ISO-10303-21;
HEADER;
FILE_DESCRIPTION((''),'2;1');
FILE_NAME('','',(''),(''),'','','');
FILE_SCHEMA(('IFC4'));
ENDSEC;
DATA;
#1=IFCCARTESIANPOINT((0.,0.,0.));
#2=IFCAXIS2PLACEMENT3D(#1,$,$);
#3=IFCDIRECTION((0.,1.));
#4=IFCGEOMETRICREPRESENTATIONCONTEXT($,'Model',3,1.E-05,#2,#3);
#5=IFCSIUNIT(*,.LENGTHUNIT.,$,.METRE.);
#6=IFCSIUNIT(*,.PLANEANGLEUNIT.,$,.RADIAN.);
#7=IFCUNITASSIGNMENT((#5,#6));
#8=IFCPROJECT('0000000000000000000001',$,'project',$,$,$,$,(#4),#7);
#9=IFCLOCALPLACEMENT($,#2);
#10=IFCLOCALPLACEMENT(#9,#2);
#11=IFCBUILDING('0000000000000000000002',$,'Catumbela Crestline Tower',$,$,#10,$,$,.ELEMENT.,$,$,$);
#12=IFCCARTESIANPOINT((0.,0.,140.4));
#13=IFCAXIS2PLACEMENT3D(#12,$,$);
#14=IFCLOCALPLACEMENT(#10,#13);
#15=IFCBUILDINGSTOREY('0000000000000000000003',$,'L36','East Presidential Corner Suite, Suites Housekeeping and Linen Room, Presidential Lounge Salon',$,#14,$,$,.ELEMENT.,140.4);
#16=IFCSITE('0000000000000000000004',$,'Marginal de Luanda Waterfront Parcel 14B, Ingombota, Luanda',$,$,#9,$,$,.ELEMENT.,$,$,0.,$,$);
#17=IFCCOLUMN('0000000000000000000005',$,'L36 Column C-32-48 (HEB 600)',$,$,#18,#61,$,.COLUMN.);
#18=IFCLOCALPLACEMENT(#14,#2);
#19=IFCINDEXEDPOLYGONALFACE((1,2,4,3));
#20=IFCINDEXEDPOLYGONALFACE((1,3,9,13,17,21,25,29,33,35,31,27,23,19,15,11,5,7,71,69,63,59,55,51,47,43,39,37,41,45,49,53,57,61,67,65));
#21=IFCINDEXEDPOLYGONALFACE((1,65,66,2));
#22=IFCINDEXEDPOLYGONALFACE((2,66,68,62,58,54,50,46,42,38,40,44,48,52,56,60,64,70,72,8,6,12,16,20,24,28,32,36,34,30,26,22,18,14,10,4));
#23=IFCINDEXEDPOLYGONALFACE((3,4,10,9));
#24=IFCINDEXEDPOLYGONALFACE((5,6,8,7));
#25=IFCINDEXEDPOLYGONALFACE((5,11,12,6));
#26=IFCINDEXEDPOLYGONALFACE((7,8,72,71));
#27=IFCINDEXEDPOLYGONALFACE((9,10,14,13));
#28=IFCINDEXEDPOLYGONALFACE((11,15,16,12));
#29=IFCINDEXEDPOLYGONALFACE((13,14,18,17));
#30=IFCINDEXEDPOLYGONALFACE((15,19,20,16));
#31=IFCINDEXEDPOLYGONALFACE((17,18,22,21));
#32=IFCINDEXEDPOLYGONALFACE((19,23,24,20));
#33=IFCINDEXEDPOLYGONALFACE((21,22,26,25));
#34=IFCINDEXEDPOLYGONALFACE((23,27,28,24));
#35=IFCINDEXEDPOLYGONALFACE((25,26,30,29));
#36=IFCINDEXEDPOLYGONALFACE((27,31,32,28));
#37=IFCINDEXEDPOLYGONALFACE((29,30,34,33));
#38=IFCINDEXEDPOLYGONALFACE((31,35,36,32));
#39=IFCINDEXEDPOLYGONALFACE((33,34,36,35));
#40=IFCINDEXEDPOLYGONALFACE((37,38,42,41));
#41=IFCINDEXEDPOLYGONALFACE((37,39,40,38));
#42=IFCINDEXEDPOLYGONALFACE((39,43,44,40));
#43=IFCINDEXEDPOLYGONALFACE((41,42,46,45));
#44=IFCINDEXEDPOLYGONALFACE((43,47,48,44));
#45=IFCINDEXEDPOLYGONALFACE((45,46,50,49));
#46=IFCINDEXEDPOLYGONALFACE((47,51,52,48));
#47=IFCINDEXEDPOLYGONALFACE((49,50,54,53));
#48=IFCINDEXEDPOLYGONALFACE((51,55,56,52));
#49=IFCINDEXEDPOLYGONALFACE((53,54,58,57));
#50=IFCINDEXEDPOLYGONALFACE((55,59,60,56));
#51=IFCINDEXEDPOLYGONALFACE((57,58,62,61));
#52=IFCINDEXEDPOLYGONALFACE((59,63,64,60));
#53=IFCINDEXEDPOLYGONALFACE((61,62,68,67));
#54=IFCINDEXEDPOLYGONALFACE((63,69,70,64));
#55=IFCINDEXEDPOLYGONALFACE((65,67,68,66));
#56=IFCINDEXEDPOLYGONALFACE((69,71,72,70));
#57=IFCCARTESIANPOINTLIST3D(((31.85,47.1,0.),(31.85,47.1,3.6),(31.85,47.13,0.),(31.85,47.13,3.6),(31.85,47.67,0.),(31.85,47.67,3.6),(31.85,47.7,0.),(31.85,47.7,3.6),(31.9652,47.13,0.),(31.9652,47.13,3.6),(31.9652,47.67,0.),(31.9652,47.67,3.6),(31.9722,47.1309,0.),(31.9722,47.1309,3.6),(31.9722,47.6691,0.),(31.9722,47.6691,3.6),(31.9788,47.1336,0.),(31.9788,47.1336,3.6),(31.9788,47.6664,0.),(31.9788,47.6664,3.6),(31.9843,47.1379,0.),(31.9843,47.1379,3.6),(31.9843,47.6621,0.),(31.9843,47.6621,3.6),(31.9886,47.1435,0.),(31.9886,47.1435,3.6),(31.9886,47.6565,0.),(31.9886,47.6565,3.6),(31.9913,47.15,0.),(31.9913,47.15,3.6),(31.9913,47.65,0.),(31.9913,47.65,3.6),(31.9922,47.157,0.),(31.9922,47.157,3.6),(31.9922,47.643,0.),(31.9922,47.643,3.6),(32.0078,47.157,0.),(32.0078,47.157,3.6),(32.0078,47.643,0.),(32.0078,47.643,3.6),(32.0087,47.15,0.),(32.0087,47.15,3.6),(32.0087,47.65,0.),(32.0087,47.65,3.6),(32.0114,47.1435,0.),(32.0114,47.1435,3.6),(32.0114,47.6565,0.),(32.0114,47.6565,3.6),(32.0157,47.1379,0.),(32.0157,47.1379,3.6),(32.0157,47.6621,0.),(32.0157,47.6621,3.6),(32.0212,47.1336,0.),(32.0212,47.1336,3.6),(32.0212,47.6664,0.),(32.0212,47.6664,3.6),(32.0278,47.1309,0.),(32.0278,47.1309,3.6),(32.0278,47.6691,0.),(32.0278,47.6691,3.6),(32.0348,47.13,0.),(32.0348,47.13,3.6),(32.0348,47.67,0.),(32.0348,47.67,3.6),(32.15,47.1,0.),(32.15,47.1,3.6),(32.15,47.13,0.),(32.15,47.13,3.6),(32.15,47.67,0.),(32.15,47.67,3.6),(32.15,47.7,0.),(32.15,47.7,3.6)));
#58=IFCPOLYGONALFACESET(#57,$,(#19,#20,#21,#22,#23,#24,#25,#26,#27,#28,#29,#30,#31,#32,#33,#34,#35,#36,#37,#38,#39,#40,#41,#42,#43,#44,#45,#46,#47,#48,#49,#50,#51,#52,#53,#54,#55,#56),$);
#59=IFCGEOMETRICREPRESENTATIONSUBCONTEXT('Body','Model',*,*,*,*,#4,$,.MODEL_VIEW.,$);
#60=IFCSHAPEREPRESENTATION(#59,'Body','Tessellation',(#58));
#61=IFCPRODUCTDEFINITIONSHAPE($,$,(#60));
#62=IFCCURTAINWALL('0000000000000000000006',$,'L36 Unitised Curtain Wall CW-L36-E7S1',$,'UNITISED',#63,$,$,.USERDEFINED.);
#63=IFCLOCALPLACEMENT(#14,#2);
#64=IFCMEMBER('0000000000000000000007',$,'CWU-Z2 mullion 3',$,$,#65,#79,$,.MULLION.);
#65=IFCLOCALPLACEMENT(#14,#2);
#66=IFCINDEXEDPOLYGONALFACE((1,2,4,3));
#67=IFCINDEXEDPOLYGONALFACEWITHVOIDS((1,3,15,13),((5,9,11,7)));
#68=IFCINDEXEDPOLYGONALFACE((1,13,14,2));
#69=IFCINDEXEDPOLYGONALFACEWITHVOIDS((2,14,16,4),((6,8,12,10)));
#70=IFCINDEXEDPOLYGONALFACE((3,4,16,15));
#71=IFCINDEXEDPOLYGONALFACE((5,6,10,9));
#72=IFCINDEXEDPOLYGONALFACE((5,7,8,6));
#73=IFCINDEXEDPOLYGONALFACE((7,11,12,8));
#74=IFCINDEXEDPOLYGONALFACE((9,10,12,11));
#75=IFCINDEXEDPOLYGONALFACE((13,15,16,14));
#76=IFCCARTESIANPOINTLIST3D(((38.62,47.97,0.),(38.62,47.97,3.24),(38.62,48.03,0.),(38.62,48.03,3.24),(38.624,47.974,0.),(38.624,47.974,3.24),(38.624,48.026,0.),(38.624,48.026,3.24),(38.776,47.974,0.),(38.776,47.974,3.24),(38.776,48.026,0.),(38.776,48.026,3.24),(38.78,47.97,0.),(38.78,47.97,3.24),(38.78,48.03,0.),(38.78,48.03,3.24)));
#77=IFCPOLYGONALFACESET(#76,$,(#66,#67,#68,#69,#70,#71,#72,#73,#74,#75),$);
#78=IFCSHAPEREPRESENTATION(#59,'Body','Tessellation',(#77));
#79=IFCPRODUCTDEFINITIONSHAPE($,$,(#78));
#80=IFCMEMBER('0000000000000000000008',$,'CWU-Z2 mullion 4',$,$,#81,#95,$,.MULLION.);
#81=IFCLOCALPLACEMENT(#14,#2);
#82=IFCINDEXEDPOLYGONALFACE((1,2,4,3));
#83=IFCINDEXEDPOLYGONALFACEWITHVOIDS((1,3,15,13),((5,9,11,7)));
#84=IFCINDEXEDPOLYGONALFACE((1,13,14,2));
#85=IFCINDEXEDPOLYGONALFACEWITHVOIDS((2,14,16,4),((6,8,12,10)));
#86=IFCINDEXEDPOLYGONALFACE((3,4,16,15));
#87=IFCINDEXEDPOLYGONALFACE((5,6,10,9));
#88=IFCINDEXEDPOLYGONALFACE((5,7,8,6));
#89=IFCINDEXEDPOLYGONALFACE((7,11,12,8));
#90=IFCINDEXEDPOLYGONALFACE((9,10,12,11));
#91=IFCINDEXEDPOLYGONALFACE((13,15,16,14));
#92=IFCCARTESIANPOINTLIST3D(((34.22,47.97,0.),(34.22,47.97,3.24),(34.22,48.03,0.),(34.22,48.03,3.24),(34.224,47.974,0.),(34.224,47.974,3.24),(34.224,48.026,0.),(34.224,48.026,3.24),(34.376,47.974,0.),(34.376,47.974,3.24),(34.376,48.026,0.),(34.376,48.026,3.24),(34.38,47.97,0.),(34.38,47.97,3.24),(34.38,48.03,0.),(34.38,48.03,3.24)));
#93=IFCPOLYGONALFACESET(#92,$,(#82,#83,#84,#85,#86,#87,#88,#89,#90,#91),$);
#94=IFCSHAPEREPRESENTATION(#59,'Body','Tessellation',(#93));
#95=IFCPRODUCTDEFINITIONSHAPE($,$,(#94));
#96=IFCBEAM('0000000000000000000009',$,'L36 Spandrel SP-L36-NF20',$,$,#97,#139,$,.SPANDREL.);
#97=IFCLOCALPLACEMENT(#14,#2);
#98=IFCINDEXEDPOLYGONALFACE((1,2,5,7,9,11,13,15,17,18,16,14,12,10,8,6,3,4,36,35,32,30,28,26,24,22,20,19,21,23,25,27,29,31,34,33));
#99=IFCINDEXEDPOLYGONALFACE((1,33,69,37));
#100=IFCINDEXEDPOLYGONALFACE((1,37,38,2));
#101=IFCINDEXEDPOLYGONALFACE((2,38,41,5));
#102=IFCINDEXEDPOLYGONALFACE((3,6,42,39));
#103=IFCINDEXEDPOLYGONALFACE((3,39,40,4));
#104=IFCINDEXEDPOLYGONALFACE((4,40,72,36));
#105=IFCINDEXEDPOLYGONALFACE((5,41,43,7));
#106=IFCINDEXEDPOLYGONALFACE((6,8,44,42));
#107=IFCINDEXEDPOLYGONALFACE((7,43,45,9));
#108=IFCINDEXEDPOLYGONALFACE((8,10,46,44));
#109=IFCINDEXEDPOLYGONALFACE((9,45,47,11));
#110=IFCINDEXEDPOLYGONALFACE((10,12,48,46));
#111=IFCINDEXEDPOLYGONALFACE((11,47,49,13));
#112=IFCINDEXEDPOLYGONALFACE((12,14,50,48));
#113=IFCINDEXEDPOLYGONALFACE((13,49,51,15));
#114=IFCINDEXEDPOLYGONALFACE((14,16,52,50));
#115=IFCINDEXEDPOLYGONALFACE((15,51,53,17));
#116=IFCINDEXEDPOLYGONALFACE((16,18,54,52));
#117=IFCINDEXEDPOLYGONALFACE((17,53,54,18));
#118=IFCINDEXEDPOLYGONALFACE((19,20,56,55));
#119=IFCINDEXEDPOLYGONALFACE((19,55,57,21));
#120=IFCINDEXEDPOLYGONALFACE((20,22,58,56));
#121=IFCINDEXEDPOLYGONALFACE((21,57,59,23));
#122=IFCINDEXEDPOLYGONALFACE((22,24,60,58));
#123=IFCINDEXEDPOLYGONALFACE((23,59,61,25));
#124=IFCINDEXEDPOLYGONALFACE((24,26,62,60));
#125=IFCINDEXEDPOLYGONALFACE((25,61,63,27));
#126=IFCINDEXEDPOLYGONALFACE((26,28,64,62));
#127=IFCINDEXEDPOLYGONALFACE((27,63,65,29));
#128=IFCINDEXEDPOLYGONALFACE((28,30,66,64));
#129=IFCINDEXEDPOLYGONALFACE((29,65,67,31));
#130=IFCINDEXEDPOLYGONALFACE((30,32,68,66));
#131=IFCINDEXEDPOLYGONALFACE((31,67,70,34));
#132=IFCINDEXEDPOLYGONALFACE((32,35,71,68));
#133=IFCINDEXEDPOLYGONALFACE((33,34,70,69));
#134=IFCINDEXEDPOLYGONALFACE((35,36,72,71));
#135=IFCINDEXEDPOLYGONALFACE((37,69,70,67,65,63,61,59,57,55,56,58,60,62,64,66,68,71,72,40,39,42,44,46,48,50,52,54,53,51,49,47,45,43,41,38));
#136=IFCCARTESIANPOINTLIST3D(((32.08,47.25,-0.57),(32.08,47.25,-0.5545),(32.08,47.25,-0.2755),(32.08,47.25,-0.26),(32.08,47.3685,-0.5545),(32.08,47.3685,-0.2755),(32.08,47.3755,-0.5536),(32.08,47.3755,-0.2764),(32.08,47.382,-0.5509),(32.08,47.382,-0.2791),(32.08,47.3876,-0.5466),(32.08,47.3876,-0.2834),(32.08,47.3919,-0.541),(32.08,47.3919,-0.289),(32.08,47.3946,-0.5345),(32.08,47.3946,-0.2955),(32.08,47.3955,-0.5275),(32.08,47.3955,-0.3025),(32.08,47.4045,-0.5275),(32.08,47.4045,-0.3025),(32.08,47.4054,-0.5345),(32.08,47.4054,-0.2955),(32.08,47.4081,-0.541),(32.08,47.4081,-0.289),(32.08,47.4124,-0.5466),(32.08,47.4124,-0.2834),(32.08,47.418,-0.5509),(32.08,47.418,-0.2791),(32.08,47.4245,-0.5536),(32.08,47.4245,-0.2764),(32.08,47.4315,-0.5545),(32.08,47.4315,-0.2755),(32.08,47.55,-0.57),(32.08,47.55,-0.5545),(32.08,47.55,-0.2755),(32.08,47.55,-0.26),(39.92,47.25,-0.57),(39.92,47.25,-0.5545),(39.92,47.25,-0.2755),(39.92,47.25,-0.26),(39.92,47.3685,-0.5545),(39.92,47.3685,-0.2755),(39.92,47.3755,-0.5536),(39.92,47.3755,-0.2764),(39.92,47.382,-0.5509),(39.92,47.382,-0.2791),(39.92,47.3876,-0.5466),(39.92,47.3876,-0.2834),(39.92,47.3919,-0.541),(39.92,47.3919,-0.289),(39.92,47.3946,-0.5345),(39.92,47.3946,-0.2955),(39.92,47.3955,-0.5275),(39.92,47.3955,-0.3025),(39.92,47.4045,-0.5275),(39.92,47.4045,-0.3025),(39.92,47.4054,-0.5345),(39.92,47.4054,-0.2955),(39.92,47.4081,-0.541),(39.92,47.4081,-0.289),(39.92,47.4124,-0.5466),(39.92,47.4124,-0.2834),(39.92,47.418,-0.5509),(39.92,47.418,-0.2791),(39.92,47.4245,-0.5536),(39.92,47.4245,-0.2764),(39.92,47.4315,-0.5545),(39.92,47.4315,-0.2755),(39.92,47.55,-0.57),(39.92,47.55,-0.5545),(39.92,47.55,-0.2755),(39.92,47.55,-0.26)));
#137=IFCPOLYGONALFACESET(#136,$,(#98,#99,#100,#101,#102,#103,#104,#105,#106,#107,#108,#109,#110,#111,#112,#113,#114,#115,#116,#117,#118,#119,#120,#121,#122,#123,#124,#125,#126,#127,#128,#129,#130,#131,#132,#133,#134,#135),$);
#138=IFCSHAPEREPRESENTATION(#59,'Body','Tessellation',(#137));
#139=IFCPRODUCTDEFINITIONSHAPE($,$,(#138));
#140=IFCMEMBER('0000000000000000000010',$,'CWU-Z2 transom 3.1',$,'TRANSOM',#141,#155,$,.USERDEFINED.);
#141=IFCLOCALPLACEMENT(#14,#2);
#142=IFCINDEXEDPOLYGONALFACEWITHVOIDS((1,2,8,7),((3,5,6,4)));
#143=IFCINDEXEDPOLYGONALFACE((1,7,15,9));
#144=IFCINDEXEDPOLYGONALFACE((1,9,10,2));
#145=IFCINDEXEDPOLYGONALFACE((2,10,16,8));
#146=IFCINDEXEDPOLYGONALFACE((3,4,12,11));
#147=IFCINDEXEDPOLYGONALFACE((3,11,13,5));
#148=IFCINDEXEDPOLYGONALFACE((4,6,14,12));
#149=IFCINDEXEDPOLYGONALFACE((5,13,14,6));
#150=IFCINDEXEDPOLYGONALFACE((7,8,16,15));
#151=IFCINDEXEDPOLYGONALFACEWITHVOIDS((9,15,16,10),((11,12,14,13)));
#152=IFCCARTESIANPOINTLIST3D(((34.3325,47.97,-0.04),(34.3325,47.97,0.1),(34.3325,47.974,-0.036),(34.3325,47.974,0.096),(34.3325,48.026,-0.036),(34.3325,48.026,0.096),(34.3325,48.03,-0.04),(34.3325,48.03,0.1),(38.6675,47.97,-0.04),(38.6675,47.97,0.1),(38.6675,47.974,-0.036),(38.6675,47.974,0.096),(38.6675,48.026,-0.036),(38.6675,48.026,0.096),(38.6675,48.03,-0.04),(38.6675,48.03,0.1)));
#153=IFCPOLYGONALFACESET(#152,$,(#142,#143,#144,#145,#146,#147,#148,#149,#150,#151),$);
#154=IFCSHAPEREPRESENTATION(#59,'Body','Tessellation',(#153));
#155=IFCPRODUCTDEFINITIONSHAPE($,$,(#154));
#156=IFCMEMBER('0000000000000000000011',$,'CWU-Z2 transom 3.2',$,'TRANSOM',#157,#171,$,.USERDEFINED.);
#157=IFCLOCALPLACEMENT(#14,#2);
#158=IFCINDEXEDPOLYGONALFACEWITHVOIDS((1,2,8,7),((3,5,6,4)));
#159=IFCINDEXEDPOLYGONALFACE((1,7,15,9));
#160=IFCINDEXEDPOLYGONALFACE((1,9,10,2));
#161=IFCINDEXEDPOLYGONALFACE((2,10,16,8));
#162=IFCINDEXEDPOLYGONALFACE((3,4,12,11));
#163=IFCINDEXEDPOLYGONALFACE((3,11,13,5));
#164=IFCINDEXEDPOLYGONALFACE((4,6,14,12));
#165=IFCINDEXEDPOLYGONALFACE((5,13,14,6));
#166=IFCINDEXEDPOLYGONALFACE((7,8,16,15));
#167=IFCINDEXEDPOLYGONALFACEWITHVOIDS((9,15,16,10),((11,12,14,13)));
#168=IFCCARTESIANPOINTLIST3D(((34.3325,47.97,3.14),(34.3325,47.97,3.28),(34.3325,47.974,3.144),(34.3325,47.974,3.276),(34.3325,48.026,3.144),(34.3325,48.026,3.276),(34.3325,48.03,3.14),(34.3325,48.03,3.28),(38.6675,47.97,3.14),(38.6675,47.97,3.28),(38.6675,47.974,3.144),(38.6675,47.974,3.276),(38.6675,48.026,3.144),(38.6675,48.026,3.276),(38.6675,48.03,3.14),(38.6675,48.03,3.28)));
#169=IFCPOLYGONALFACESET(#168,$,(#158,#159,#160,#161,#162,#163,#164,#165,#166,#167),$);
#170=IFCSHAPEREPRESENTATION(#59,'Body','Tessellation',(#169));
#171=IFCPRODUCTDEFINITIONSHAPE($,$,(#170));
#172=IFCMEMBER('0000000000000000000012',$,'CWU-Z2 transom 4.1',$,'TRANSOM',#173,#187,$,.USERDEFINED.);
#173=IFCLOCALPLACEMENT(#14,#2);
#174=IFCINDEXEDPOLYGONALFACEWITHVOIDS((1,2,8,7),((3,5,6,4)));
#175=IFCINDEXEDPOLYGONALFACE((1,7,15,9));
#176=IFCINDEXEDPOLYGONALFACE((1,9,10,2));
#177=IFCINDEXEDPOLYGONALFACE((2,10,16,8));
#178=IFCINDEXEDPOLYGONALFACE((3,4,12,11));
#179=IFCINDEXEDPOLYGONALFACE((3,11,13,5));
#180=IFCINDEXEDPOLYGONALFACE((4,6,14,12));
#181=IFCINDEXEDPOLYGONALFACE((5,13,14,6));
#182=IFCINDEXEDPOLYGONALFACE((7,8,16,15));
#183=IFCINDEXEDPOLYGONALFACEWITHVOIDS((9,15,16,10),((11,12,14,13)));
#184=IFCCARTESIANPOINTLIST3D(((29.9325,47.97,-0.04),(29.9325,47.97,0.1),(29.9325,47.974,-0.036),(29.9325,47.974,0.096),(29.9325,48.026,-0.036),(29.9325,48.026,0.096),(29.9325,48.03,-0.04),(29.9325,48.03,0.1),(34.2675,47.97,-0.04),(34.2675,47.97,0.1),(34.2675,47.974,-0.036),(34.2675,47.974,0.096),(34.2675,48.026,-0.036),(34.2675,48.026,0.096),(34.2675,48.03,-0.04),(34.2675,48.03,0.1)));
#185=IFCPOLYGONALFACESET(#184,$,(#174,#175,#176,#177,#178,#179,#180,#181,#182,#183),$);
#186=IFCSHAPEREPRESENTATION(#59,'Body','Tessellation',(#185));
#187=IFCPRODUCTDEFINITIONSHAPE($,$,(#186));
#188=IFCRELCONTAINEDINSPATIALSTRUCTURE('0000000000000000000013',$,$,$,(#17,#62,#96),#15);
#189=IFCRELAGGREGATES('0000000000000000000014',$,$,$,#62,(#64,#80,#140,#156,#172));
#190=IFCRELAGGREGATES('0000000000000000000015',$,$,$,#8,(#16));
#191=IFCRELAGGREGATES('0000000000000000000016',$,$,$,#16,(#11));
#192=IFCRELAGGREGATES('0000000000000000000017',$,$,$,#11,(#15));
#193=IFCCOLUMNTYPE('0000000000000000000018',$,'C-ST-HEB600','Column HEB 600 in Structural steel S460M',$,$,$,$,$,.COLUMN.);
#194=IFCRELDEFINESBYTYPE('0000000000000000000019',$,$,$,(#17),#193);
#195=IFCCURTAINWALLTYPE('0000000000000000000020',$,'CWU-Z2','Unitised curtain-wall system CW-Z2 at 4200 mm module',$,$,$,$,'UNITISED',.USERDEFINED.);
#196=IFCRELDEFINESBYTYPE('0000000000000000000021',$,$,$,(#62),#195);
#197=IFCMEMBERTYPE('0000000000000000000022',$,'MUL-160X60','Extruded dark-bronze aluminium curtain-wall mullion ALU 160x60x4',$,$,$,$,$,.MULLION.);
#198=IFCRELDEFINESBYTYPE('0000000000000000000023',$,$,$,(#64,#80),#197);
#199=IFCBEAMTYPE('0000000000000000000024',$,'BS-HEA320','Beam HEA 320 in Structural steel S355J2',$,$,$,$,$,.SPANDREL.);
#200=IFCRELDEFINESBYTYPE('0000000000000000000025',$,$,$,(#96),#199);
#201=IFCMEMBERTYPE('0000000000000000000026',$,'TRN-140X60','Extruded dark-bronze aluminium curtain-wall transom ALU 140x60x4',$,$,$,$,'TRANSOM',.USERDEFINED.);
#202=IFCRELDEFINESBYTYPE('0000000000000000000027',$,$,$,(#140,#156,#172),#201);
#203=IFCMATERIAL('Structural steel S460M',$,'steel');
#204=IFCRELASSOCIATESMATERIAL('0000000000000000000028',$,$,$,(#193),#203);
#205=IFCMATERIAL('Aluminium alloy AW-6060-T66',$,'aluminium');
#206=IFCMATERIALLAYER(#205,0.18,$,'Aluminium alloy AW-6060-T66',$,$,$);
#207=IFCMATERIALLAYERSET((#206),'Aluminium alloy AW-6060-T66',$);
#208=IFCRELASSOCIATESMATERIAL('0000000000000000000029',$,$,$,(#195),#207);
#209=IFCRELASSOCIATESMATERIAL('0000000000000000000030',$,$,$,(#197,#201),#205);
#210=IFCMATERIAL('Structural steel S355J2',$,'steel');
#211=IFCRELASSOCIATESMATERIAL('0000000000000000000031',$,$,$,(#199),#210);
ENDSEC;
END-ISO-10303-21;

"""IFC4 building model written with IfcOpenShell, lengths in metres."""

from ifc_helpers import new_model, si_unit, direction, frame, origin, origin_2d, place, context, subcontext, project, spatial, hollow_rectangle, i_section, extrude, material, layer, layer_set, material_profile, profile_set, type_object, element, aggregate, save


model = new_model("IFC4")

# Units and contexts
model_context = context("Model", 3, precision=1e-05, world=origin(), true_north=direction((0.0, 1.0)))
body_context = subcontext(model_context, "Body", "Model", "MODEL_VIEW")
ifc_project = project(units=[si_unit("LENGTHUNIT", "METRE"), si_unit("PLANEANGLEUNIT", "RADIAN")], contexts=[model_context])

# Site, building, storey
site_placement = place(None, origin())
site = spatial("IfcSite", under=ifc_project, at=site_placement, Name="Marginal de Luanda Waterfront Parcel 14B, Ingombota, Luanda", CompositionType="ELEMENT", RefElevation=0.0)
building_placement = place(site_placement, origin())
building = spatial("IfcBuilding", under=site, at=building_placement, Name="Catumbela Crestline Tower", CompositionType="ELEMENT")
storey_placement = place(building_placement, frame((0.0, 0.0, 140.4)))
storey = spatial("IfcBuildingStorey", under=building, at=storey_placement, Name="L36", Description="East Presidential Corner Suite, Suites Housekeeping and Linen Room, Presidential Lounge Salon", CompositionType="ELEMENT", Elevation=140.4)

# Column
ifc_material_1 = material(Name="Structural steel S460M", Category="steel")
ifc_material_profile_1 = material_profile(ifc_material_1, i_section(OverallWidth=0.3, OverallDepth=0.6, WebThickness=0.0155, FlangeThickness=0.03, FilletRadius=0.027, at=origin_2d()), Name="HEB 600")
ifc_profile_set_1 = profile_set([ifc_material_profile_1], Name="Structural steel S460M")
column_type = type_object("IfcColumnType", Name="C-ST-HEB600", Description="Column HEB 600 in Structural steel S460M", PredefinedType="COLUMN", material=ifc_profile_set_1)
column_placement = place(storey_placement, frame((32.0, 47.4, 0.0), z_axis=(0.0, 0.0, 1.0), x_axis=(1.0, 0.0, 0.0)))
element("IfcColumn", 1, at=column_placement, inside=storey, type_object=column_type, Name="L36 Column C-32-48 (HEB 600)", PredefinedType="COLUMN", context=body_context, shape_type="SweptSolid", body=[
    extrude(i_section(OverallWidth=0.3, OverallDepth=0.6, WebThickness=0.0155, FlangeThickness=0.03, FilletRadius=0.027, at=origin_2d()), origin(), (0.0, 0.0, 1.0), 3.6),
])

# Curtain wall, members
ifc_material_2 = material(Name="Aluminium alloy AW-6060-T66", Category="aluminium")
ifc_layer_1 = layer(ifc_material_2, 0.18, Name="Aluminium alloy AW-6060-T66")
ifc_layer_set_1 = layer_set([ifc_layer_1], Name="Aluminium alloy AW-6060-T66")
curtain_wall_type = type_object("IfcCurtainWallType", Name="CWU-Z2", Description="Unitised curtain-wall system CW-Z2 at 4200 mm module", ElementType="UNITISED", PredefinedType="USERDEFINED", material=ifc_layer_set_1)
curtain_wall_placement = place(storey_placement, origin())
curtain_wall = element("IfcCurtainWall", 2, at=curtain_wall_placement, inside=storey, type_object=curtain_wall_type, Name="L36 Unitised Curtain Wall CW-L36-E7S1", ObjectType="UNITISED", PredefinedType="USERDEFINED")
ifc_material_profile_2 = material_profile(ifc_material_2, hollow_rectangle(XDim=0.06, YDim=0.16, WallThickness=0.004, at=origin_2d()), Name="ALU 160x60x4")
ifc_profile_set_2 = profile_set([ifc_material_profile_2], Name="Aluminium alloy AW-6060-T66")
member_type_1 = type_object("IfcMemberType", Name="MUL-160X60", Description="Extruded dark-bronze aluminium curtain-wall mullion ALU 160x60x4", PredefinedType="MULLION", material=ifc_profile_set_2)
member_1_placement = place(storey_placement, frame((38.7, 48.0, 0.0), z_axis=(0.0, 0.0, 1.0), x_axis=(0.0, -1.0, 0.0)))
member_1 = element("IfcMember", 3, at=member_1_placement, type_object=member_type_1, Name="CWU-Z2 mullion 3", PredefinedType="MULLION", context=body_context, shape_type="SweptSolid", body=[
    extrude(hollow_rectangle(XDim=0.06, YDim=0.16, WallThickness=0.004, at=origin_2d()), origin(), (0.0, 0.0, 1.0), 3.24),
])
member_2_placement = place(storey_placement, frame((34.3, 48.0, 0.0), z_axis=(0.0, 0.0, 1.0), x_axis=(0.0, -1.0, 0.0)))
member_2 = element("IfcMember", 4, at=member_2_placement, type_object=member_type_1, Name="CWU-Z2 mullion 4", PredefinedType="MULLION", context=body_context, shape_type="SweptSolid", body=[
    extrude(hollow_rectangle(XDim=0.06, YDim=0.16, WallThickness=0.004, at=origin_2d()), origin(), (0.0, 0.0, 1.0), 3.24),
])

# Beam
ifc_material_3 = material(Name="Structural steel S355J2", Category="steel")
ifc_material_profile_3 = material_profile(ifc_material_3, i_section(OverallWidth=0.3, OverallDepth=0.31, WebThickness=0.009, FlangeThickness=0.0155, FilletRadius=0.027, at=origin_2d()), Name="HEA 320")
ifc_profile_set_3 = profile_set([ifc_material_profile_3], Name="Structural steel S355J2")
beam_type = type_object("IfcBeamType", Name="BS-HEA320", Description="Beam HEA 320 in Structural steel S355J2", PredefinedType="SPANDREL", material=ifc_profile_set_3)
beam_placement = place(storey_placement, frame((32.08, 47.4, -0.415), z_axis=(1.0, 0.0, 0.0), x_axis=(0.0, 1.0, 0.0)))
element("IfcBeam", 5, at=beam_placement, inside=storey, type_object=beam_type, Name="L36 Spandrel SP-L36-NF20", PredefinedType="SPANDREL", context=body_context, shape_type="SweptSolid", body=[
    extrude(i_section(OverallWidth=0.3, OverallDepth=0.31, WebThickness=0.009, FlangeThickness=0.0155, FilletRadius=0.027, at=origin_2d()), origin(), (0.0, 0.0, 1.0), 7.84),
])

# Members
ifc_material_profile_4 = material_profile(ifc_material_2, hollow_rectangle(XDim=0.06, YDim=0.14, WallThickness=0.004, at=origin_2d()), Name="ALU 140x60x4")
ifc_profile_set_4 = profile_set([ifc_material_profile_4], Name="Aluminium alloy AW-6060-T66")
member_type_2 = type_object("IfcMemberType", Name="TRN-140X60", Description="Extruded dark-bronze aluminium curtain-wall transom ALU 140x60x4", ElementType="TRANSOM", PredefinedType="USERDEFINED", material=ifc_profile_set_4)
member_3_placement = place(storey_placement, frame((38.6675, 48.0, 0.03), z_axis=(-1.0, 0.0, 0.0), x_axis=(0.0, -1.0, 0.0)))
member_3 = element("IfcMember", 6, at=member_3_placement, type_object=member_type_2, Name="CWU-Z2 transom 3.1", ObjectType="TRANSOM", PredefinedType="USERDEFINED", context=body_context, shape_type="SweptSolid", body=[
    extrude(hollow_rectangle(XDim=0.06, YDim=0.14, WallThickness=0.004, at=origin_2d()), origin(), (0.0, 0.0, 1.0), 4.335),
])
member_4_placement = place(storey_placement, frame((38.6675, 48.0, 3.21), z_axis=(-1.0, 0.0, 0.0), x_axis=(0.0, -1.0, 0.0)))
member_4 = element("IfcMember", 7, at=member_4_placement, type_object=member_type_2, Name="CWU-Z2 transom 3.2", ObjectType="TRANSOM", PredefinedType="USERDEFINED", context=body_context, shape_type="SweptSolid", body=[
    extrude(hollow_rectangle(XDim=0.06, YDim=0.14, WallThickness=0.004, at=origin_2d()), origin(), (0.0, 0.0, 1.0), 4.335),
])
member_5_placement = place(storey_placement, frame((34.2675, 48.0, 0.03), z_axis=(-1.0, 0.0, 0.0), x_axis=(0.0, -1.0, 0.0)))
member_5 = element("IfcMember", 8, at=member_5_placement, type_object=member_type_2, Name="CWU-Z2 transom 4.1", ObjectType="TRANSOM", PredefinedType="USERDEFINED", context=body_context, shape_type="SweptSolid", body=[
    extrude(hollow_rectangle(XDim=0.06, YDim=0.14, WallThickness=0.004, at=origin_2d()), origin(), (0.0, 0.0, 1.0), 4.335),
])

aggregate(curtain_wall, [member_1, member_2, member_3, member_4, member_5])

save(model, "model.ifc")
